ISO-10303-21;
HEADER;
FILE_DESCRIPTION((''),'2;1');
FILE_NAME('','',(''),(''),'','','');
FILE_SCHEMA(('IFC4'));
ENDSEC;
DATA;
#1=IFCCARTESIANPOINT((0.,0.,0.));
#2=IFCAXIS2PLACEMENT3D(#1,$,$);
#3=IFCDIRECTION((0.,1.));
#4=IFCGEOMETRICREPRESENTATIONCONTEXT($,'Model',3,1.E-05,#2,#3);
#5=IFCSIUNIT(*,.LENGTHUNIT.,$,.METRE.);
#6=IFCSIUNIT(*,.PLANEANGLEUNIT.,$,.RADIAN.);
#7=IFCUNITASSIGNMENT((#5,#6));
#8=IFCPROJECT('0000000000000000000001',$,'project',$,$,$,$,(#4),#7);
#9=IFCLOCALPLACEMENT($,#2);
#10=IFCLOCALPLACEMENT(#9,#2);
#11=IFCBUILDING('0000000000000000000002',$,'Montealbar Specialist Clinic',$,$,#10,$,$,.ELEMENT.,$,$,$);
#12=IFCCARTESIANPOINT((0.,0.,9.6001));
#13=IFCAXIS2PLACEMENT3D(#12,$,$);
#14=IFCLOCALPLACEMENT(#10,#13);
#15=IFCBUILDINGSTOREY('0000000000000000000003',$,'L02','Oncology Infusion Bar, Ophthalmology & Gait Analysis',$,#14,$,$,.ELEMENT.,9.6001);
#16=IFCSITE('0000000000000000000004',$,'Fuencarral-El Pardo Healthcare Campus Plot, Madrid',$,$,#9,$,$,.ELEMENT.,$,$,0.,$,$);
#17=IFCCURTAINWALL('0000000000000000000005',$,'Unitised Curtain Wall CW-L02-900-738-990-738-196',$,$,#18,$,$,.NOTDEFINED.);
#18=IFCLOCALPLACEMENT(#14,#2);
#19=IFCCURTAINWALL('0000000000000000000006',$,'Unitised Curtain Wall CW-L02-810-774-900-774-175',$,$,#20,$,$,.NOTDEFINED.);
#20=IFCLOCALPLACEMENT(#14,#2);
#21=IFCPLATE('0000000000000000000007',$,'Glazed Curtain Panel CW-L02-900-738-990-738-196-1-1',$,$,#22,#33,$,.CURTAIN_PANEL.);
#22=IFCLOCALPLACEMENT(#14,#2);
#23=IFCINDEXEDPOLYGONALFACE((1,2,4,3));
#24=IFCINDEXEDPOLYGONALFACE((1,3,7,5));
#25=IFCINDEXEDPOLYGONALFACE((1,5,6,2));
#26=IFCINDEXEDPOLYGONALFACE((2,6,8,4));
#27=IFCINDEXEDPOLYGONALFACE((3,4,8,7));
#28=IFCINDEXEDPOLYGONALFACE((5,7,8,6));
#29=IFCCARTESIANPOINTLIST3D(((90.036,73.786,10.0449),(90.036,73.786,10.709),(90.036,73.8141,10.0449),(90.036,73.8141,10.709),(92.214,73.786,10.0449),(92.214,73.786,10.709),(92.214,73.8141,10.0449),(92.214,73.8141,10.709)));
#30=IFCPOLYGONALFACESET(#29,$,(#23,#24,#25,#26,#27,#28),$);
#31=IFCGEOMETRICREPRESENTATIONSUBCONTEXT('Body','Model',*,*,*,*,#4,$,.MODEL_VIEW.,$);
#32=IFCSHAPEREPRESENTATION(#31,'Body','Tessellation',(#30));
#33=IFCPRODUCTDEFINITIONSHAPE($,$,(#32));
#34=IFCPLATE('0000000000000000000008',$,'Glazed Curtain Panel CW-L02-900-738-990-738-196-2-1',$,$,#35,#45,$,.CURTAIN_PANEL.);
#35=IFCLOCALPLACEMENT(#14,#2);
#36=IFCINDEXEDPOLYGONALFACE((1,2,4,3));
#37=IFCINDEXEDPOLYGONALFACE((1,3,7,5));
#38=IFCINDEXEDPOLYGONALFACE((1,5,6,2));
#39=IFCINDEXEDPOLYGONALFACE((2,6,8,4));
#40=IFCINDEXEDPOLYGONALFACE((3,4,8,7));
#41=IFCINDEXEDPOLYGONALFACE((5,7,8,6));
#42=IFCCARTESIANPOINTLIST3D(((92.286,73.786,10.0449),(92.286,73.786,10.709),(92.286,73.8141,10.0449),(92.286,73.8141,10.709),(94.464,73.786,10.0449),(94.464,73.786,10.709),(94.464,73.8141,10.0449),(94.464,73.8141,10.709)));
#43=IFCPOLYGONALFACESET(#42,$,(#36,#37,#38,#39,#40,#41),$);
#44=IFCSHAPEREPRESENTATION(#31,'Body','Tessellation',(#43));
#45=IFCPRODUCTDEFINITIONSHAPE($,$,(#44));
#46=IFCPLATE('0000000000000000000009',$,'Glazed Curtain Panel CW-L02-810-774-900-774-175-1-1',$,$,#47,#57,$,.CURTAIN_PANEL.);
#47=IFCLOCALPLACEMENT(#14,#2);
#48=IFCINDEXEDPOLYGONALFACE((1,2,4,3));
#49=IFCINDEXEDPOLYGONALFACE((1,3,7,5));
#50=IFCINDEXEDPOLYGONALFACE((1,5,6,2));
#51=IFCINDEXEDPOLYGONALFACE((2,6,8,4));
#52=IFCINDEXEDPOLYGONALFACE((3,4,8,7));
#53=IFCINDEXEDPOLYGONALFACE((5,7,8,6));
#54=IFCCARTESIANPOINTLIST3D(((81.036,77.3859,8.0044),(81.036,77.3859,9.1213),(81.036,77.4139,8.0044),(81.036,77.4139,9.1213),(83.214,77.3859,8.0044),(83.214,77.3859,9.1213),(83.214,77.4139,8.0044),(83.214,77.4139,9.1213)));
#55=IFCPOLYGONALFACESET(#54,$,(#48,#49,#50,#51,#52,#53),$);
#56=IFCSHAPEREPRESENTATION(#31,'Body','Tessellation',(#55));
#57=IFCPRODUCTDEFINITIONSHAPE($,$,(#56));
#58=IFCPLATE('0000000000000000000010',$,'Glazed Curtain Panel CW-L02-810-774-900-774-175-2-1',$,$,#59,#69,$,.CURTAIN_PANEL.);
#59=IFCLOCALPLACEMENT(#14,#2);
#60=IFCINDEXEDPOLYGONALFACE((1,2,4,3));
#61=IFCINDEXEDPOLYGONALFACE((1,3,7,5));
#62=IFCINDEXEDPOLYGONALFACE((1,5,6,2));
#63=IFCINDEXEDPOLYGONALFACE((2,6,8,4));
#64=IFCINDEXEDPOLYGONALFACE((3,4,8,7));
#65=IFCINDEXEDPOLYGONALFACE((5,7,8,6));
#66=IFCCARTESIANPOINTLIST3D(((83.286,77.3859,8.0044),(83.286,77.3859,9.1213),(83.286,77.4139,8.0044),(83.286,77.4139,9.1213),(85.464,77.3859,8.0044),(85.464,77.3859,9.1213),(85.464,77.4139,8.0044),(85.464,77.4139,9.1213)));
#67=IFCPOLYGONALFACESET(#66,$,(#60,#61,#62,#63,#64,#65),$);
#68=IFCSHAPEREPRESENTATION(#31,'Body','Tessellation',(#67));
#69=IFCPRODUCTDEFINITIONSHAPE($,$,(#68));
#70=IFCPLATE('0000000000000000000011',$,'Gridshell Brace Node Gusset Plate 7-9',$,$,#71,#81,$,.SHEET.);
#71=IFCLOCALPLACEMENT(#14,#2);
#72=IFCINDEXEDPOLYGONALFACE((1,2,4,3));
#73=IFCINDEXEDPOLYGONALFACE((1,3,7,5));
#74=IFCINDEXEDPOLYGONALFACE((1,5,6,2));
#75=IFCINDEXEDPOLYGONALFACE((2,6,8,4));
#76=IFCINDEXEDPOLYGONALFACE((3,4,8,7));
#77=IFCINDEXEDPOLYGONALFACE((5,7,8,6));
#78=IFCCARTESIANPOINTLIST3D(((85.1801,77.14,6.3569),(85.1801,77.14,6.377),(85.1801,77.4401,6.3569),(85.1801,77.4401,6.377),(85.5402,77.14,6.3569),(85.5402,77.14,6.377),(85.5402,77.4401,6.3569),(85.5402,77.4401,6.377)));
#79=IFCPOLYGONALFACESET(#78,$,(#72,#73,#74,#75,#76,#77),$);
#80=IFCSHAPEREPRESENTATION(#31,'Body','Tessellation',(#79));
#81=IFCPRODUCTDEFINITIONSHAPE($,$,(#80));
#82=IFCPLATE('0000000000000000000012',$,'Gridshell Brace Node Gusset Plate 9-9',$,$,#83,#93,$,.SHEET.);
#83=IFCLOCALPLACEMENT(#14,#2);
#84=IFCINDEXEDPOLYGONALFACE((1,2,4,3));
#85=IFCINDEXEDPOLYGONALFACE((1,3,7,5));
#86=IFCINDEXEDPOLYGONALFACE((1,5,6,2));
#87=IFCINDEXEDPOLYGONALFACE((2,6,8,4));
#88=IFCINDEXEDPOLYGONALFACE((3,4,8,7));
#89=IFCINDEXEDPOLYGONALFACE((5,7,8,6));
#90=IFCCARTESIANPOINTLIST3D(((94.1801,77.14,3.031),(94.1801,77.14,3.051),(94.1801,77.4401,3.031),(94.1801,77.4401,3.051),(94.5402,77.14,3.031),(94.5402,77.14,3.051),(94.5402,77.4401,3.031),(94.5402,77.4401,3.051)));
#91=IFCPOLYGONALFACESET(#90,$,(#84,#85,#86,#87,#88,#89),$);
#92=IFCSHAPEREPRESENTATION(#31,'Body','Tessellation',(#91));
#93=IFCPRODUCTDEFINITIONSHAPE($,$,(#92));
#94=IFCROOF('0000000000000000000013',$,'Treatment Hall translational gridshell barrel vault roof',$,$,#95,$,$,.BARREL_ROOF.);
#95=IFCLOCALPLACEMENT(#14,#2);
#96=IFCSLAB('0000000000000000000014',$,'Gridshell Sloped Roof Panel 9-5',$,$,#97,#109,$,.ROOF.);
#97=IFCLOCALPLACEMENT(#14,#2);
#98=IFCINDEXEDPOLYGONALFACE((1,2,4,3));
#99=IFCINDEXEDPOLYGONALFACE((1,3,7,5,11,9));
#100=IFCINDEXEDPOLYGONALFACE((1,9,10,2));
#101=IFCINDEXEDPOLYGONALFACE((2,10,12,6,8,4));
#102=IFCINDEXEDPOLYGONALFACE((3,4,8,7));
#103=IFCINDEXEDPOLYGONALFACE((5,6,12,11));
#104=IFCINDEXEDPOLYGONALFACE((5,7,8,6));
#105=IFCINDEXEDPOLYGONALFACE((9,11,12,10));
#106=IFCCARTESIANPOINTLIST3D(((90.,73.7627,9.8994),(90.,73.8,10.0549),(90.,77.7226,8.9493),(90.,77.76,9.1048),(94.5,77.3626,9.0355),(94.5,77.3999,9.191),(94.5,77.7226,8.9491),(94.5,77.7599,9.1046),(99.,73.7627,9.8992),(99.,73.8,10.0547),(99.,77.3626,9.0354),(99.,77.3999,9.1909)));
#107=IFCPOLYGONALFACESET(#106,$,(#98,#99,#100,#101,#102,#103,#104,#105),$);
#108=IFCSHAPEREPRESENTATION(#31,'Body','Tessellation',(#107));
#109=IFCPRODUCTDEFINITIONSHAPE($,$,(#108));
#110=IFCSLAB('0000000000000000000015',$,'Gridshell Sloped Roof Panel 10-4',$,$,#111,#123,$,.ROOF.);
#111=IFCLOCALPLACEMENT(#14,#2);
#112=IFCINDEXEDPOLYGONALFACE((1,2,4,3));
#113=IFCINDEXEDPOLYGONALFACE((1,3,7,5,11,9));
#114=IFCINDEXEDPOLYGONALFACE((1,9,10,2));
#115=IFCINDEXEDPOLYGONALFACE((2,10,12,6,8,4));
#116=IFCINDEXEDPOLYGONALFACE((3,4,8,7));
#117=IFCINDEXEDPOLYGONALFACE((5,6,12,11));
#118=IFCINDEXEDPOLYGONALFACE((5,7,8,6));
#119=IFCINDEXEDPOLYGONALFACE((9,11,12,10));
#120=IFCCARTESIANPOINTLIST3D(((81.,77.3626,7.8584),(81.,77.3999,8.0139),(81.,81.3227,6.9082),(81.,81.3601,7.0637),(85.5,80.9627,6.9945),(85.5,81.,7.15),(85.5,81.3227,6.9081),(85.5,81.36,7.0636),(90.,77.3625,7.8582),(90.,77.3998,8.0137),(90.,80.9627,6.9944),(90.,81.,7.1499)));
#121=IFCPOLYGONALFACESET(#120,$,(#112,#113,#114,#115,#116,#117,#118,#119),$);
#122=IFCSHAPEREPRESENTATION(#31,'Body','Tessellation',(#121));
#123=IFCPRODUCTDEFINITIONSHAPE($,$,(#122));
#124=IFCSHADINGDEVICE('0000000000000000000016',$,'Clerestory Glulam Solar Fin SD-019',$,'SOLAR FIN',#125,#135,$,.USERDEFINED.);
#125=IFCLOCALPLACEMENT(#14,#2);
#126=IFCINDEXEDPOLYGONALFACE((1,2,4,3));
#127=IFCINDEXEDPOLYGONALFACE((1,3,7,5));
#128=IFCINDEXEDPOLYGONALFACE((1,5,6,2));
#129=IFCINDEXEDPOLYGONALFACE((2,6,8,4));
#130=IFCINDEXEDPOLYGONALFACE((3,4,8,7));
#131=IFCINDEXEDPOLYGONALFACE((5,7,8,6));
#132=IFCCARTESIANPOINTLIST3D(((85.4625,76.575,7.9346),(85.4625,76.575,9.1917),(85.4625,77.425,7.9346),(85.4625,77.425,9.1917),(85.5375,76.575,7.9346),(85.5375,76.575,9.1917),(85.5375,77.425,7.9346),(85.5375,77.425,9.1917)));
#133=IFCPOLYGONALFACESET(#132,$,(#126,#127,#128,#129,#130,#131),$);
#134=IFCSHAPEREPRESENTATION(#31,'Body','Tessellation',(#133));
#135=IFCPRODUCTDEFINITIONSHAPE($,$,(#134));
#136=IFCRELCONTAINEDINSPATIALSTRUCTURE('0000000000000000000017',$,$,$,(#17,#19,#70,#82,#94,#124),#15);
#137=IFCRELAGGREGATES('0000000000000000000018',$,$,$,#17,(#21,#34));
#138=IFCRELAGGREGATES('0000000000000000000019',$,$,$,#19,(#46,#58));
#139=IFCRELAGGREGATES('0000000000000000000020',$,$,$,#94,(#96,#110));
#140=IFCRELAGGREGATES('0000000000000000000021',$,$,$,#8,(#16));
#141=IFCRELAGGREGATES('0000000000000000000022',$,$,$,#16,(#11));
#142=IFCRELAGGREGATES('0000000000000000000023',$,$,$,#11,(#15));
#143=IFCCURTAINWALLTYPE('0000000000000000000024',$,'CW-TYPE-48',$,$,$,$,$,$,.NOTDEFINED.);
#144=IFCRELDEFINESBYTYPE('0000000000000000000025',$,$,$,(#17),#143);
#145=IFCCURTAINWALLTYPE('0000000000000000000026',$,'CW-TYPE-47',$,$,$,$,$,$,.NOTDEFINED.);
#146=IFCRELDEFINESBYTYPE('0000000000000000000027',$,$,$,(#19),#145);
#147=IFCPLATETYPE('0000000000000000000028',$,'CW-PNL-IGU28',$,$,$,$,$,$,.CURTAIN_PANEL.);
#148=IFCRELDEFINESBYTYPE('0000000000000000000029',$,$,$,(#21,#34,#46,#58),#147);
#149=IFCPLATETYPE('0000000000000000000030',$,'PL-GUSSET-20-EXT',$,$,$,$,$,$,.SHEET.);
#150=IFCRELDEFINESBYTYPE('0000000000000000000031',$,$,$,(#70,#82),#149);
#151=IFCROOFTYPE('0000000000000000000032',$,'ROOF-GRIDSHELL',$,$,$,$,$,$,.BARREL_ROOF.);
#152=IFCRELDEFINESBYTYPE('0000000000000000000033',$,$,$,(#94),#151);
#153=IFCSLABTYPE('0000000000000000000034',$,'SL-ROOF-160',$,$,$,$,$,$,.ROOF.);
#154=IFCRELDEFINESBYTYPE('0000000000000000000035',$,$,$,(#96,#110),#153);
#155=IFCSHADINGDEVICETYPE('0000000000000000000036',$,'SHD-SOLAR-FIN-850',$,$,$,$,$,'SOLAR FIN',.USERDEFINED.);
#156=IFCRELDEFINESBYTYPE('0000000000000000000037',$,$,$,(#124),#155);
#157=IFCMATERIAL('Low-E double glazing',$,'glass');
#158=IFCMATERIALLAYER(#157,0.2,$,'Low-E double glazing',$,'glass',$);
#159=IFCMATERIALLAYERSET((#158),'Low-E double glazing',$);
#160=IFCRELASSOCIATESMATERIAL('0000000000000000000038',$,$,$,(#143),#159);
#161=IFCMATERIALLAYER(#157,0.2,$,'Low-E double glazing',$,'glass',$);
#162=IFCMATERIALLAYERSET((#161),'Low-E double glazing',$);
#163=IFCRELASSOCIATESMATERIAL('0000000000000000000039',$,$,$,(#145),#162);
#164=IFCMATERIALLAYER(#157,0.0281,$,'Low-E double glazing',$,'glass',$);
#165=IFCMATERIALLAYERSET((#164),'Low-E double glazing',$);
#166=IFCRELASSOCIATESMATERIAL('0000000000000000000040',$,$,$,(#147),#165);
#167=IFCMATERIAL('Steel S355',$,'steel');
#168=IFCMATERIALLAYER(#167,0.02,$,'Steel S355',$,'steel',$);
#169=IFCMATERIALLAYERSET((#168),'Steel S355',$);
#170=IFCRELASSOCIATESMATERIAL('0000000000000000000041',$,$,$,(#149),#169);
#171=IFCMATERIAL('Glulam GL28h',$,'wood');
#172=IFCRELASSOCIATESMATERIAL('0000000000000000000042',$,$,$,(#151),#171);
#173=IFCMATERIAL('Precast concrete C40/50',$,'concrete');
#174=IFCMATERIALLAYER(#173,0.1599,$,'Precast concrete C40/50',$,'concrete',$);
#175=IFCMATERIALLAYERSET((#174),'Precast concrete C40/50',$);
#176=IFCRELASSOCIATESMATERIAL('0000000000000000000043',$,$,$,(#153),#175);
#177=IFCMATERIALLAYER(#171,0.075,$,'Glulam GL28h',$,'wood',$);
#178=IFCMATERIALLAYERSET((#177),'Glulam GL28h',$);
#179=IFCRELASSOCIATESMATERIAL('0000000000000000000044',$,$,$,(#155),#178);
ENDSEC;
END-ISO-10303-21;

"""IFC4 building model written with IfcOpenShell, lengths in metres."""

from ifc_helpers import new_model, si_unit, direction, frame, origin, origin_2d, place, context, subcontext, project, spatial, polyline, rectangle, outline, extrude, material, layer, layer_set, type_object, element, aggregate, save


model = new_model("IFC4")

# Units and contexts
model_context = context("Model", 3, precision=1e-05, world=origin(), true_north=direction((0.0, 1.0)))
body_context = subcontext(model_context, "Body", "Model", "MODEL_VIEW")
ifc_project = project(units=[si_unit("LENGTHUNIT", "METRE"), si_unit("PLANEANGLEUNIT", "RADIAN")], contexts=[model_context])

# Site, building, storey
site_placement = place(None, origin())
site = spatial("IfcSite", under=ifc_project, at=site_placement, Name="Fuencarral-El Pardo Healthcare Campus Plot, Madrid", CompositionType="ELEMENT", RefElevation=0.0)
building_placement = place(site_placement, origin())
building = spatial("IfcBuilding", under=site, at=building_placement, Name="Montealbar Specialist Clinic", CompositionType="ELEMENT")
storey_placement = place(building_placement, frame((0.0, 0.0, 9.6001)))
storey = spatial("IfcBuildingStorey", under=building, at=storey_placement, Name="L02", Description="Oncology Infusion Bar, Ophthalmology & Gait Analysis", CompositionType="ELEMENT", Elevation=9.6001)

# Shared definitions
ifc_material_1 = material(Name="Steel S355", Category="steel")
ifc_material_2 = material(Name="Glulam GL28h", Category="wood")

# Shared definitions
ifc_material_3 = material(Name="Low-E double glazing", Category="glass")
ifc_layer_1 = layer(ifc_material_3, 0.2, Name="Low-E double glazing", Category="glass")
ifc_layer_set_1 = layer_set([ifc_layer_1], Name="Low-E double glazing")
curtain_wall_type_1 = type_object("IfcCurtainWallType", Name="CW-TYPE-48", PredefinedType="NOTDEFINED", material=ifc_layer_set_1)

# Curtain walls
curtain_wall_1_placement = place(storey_placement, origin())
curtain_wall_1 = element("IfcCurtainWall", 1, at=curtain_wall_1_placement, inside=storey, type_object=curtain_wall_type_1, Name="Unitised Curtain Wall CW-L02-900-738-990-738-196", PredefinedType="NOTDEFINED")
ifc_layer_2 = layer(ifc_material_3, 0.2, Name="Low-E double glazing", Category="glass")
ifc_layer_set_2 = layer_set([ifc_layer_2], Name="Low-E double glazing")
curtain_wall_type_2 = type_object("IfcCurtainWallType", Name="CW-TYPE-47", PredefinedType="NOTDEFINED", material=ifc_layer_set_2)
curtain_wall_2_placement = place(storey_placement, origin())
curtain_wall_2 = element("IfcCurtainWall", 2, at=curtain_wall_2_placement, inside=storey, type_object=curtain_wall_type_2, Name="Unitised Curtain Wall CW-L02-810-774-900-774-175", PredefinedType="NOTDEFINED")

# Plates
ifc_layer_3 = layer(ifc_material_3, 0.0281, Name="Low-E double glazing", Category="glass")
ifc_layer_set_3 = layer_set([ifc_layer_3], Name="Low-E double glazing")
plate_type_1 = type_object("IfcPlateType", Name="CW-PNL-IGU28", PredefinedType="CURTAIN_PANEL", material=ifc_layer_set_3)
plate_1_placement = place(storey_placement, frame((91.125, 73.8, 10.0449), z_axis=(0.0, 0.0, 1.0), x_axis=(1.0, 0.0, 0.0)))
plate_1 = element("IfcPlate", 3, at=plate_1_placement, type_object=plate_type_1, Name="Glazed Curtain Panel CW-L02-900-738-990-738-196-1-1", PredefinedType="CURTAIN_PANEL", context=body_context, shape_type="SweptSolid", body=[
    extrude(rectangle(XDim=2.178, YDim=0.0281, at=origin_2d()), origin(), (0.0, 0.0, 1.0), 0.6641),
])
plate_2_placement = place(storey_placement, frame((93.375, 73.8, 10.0449), z_axis=(0.0, 0.0, 1.0), x_axis=(1.0, 0.0, 0.0)))
plate_2 = element("IfcPlate", 4, at=plate_2_placement, type_object=plate_type_1, Name="Glazed Curtain Panel CW-L02-900-738-990-738-196-2-1", PredefinedType="CURTAIN_PANEL", context=body_context, shape_type="SweptSolid", body=[
    extrude(rectangle(XDim=2.178, YDim=0.0281, at=origin_2d()), origin(), (0.0, 0.0, 1.0), 0.6641),
])
aggregate(curtain_wall_1, [plate_1, plate_2])
plate_3_placement = place(storey_placement, frame((82.125, 77.3999, 8.0044), z_axis=(0.0, 0.0, 1.0), x_axis=(1.0, 0.0, 0.0)))
plate_3 = element("IfcPlate", 5, at=plate_3_placement, type_object=plate_type_1, Name="Glazed Curtain Panel CW-L02-810-774-900-774-175-1-1", PredefinedType="CURTAIN_PANEL", context=body_context, shape_type="SweptSolid", body=[
    extrude(rectangle(XDim=2.178, YDim=0.0281, at=origin_2d()), origin(), (0.0, 0.0, 1.0), 1.1169),
])
plate_4_placement = place(storey_placement, frame((84.375, 77.3999, 8.0044), z_axis=(0.0, 0.0, 1.0), x_axis=(1.0, 0.0, 0.0)))
plate_4 = element("IfcPlate", 6, at=plate_4_placement, type_object=plate_type_1, Name="Glazed Curtain Panel CW-L02-810-774-900-774-175-2-1", PredefinedType="CURTAIN_PANEL", context=body_context, shape_type="SweptSolid", body=[
    extrude(rectangle(XDim=2.178, YDim=0.0281, at=origin_2d()), origin(), (0.0, 0.0, 1.0), 1.1169),
])
aggregate(curtain_wall_2, [plate_3, plate_4])

# Plates
ifc_layer_4 = layer(ifc_material_1, 0.02, Name="Steel S355", Category="steel")
ifc_layer_set_4 = layer_set([ifc_layer_4], Name="Steel S355")
plate_type_2 = type_object("IfcPlateType", Name="PL-GUSSET-20-EXT", PredefinedType="SHEET", material=ifc_layer_set_4)
for number, where, z_axis, x_axis, name in (
    (7, (85.3601, 77.29, 6.3569), (0.0, 0.0, 1.0), (1.0, 0.0, 0.0), "Gridshell Brace Node Gusset Plate 7-9"),
    (8, (94.3601, 77.29, 3.031), (0.0, 0.0, 1.0), (1.0, 0.0, 0.0), "Gridshell Brace Node Gusset Plate 9-9"),
):
    element("IfcPlate", number, at=place(storey_placement, frame(where, z_axis=z_axis, x_axis=x_axis)), inside=storey, type_object=plate_type_2, Name=name, PredefinedType="SHEET", context=body_context, shape_type="SweptSolid", body=[
        extrude(rectangle(XDim=0.3601, YDim=0.3, at=origin_2d()), origin(), (0.0, 0.0, 1.0), 0.02),
    ])

# Roof, slabs
roof_type = type_object("IfcRoofType", Name="ROOF-GRIDSHELL", PredefinedType="BARREL_ROOF", material=ifc_material_2)
roof_placement = place(storey_placement, origin())
roof = element("IfcRoof", 9, at=roof_placement, inside=storey, type_object=roof_type, Name="Treatment Hall translational gridshell barrel vault roof", PredefinedType="BARREL_ROOF")
ifc_material_4 = material(Name="Precast concrete C40/50", Category="concrete")
ifc_layer_5 = layer(ifc_material_4, 0.1599, Name="Precast concrete C40/50", Category="concrete")
ifc_layer_set_5 = layer_set([ifc_layer_5], Name="Precast concrete C40/50")
slab_type = type_object("IfcSlabType", Name="SL-ROOF-160", PredefinedType="ROOF", material=ifc_layer_set_5)
slab_1_placement = place(storey_placement, frame((90.0, 73.8, 10.0549), z_axis=(0.000025, 0.233325, 0.972399), x_axis=(1.0, -0.000006, -0.000025)))
slab_1 = element("IfcSlab", 10, at=slab_1_placement, type_object=slab_type, Name="Gridshell Sloped Roof Panel 9-5", PredefinedType="ROOF", context=body_context, shape_type="SweptSolid", body=[
    extrude(outline(polyline([(0.0, 0.0), (9.0, 0.0), (9.0, 3.7021), (4.5, 3.7021), (4.5, 4.0723), (0.0, 4.0723), (0.0, 0.0)])), origin(), (0.0, 0.0, -1.0), 0.1599),
])
slab_2_placement = place(storey_placement, frame((81.0, 77.3999, 8.0139), z_axis=(0.000025, 0.233311, 0.972402), x_axis=(1.0, -0.000006, -0.000024)))
slab_2 = element("IfcSlab", 11, at=slab_2_placement, type_object=slab_type, Name="Gridshell Sloped Roof Panel 10-4", PredefinedType="ROOF", context=body_context, shape_type="SweptSolid", body=[
    extrude(outline(polyline([(0.0, 0.0), (9.0, 0.0), (9.0, 3.7023), (4.5, 3.7023), (4.5, 4.0725), (0.0, 4.0725), (0.0, 0.0)])), origin(), (0.0, 0.0, -1.0), 0.1599),
])
aggregate(roof, [slab_1, slab_2])

# Shading device
ifc_layer_6 = layer(ifc_material_2, 0.075, Name="Glulam GL28h", Category="wood")
ifc_layer_set_6 = layer_set([ifc_layer_6], Name="Glulam GL28h")
shading_device_type = type_object("IfcShadingDeviceType", Name="SHD-SOLAR-FIN-850", ElementType="SOLAR FIN", PredefinedType="USERDEFINED", material=ifc_layer_set_6)
shading_device_placement = place(storey_placement, frame((85.5, 77.0, 7.9346), z_axis=(0.0, 0.0, 1.0), x_axis=(0.0, -1.0, 0.0)))
element("IfcShadingDevice", 12, at=shading_device_placement, inside=storey, type_object=shading_device_type, Name="Clerestory Glulam Solar Fin SD-019", ObjectType="SOLAR FIN", PredefinedType="USERDEFINED", context=body_context, shape_type="SweptSolid", body=[
    extrude(rectangle(XDim=0.8501, YDim=0.075, at=origin_2d()), origin(), (0.0, 0.0, 1.0), 1.2571),
])

save(model, "model.ifc")
